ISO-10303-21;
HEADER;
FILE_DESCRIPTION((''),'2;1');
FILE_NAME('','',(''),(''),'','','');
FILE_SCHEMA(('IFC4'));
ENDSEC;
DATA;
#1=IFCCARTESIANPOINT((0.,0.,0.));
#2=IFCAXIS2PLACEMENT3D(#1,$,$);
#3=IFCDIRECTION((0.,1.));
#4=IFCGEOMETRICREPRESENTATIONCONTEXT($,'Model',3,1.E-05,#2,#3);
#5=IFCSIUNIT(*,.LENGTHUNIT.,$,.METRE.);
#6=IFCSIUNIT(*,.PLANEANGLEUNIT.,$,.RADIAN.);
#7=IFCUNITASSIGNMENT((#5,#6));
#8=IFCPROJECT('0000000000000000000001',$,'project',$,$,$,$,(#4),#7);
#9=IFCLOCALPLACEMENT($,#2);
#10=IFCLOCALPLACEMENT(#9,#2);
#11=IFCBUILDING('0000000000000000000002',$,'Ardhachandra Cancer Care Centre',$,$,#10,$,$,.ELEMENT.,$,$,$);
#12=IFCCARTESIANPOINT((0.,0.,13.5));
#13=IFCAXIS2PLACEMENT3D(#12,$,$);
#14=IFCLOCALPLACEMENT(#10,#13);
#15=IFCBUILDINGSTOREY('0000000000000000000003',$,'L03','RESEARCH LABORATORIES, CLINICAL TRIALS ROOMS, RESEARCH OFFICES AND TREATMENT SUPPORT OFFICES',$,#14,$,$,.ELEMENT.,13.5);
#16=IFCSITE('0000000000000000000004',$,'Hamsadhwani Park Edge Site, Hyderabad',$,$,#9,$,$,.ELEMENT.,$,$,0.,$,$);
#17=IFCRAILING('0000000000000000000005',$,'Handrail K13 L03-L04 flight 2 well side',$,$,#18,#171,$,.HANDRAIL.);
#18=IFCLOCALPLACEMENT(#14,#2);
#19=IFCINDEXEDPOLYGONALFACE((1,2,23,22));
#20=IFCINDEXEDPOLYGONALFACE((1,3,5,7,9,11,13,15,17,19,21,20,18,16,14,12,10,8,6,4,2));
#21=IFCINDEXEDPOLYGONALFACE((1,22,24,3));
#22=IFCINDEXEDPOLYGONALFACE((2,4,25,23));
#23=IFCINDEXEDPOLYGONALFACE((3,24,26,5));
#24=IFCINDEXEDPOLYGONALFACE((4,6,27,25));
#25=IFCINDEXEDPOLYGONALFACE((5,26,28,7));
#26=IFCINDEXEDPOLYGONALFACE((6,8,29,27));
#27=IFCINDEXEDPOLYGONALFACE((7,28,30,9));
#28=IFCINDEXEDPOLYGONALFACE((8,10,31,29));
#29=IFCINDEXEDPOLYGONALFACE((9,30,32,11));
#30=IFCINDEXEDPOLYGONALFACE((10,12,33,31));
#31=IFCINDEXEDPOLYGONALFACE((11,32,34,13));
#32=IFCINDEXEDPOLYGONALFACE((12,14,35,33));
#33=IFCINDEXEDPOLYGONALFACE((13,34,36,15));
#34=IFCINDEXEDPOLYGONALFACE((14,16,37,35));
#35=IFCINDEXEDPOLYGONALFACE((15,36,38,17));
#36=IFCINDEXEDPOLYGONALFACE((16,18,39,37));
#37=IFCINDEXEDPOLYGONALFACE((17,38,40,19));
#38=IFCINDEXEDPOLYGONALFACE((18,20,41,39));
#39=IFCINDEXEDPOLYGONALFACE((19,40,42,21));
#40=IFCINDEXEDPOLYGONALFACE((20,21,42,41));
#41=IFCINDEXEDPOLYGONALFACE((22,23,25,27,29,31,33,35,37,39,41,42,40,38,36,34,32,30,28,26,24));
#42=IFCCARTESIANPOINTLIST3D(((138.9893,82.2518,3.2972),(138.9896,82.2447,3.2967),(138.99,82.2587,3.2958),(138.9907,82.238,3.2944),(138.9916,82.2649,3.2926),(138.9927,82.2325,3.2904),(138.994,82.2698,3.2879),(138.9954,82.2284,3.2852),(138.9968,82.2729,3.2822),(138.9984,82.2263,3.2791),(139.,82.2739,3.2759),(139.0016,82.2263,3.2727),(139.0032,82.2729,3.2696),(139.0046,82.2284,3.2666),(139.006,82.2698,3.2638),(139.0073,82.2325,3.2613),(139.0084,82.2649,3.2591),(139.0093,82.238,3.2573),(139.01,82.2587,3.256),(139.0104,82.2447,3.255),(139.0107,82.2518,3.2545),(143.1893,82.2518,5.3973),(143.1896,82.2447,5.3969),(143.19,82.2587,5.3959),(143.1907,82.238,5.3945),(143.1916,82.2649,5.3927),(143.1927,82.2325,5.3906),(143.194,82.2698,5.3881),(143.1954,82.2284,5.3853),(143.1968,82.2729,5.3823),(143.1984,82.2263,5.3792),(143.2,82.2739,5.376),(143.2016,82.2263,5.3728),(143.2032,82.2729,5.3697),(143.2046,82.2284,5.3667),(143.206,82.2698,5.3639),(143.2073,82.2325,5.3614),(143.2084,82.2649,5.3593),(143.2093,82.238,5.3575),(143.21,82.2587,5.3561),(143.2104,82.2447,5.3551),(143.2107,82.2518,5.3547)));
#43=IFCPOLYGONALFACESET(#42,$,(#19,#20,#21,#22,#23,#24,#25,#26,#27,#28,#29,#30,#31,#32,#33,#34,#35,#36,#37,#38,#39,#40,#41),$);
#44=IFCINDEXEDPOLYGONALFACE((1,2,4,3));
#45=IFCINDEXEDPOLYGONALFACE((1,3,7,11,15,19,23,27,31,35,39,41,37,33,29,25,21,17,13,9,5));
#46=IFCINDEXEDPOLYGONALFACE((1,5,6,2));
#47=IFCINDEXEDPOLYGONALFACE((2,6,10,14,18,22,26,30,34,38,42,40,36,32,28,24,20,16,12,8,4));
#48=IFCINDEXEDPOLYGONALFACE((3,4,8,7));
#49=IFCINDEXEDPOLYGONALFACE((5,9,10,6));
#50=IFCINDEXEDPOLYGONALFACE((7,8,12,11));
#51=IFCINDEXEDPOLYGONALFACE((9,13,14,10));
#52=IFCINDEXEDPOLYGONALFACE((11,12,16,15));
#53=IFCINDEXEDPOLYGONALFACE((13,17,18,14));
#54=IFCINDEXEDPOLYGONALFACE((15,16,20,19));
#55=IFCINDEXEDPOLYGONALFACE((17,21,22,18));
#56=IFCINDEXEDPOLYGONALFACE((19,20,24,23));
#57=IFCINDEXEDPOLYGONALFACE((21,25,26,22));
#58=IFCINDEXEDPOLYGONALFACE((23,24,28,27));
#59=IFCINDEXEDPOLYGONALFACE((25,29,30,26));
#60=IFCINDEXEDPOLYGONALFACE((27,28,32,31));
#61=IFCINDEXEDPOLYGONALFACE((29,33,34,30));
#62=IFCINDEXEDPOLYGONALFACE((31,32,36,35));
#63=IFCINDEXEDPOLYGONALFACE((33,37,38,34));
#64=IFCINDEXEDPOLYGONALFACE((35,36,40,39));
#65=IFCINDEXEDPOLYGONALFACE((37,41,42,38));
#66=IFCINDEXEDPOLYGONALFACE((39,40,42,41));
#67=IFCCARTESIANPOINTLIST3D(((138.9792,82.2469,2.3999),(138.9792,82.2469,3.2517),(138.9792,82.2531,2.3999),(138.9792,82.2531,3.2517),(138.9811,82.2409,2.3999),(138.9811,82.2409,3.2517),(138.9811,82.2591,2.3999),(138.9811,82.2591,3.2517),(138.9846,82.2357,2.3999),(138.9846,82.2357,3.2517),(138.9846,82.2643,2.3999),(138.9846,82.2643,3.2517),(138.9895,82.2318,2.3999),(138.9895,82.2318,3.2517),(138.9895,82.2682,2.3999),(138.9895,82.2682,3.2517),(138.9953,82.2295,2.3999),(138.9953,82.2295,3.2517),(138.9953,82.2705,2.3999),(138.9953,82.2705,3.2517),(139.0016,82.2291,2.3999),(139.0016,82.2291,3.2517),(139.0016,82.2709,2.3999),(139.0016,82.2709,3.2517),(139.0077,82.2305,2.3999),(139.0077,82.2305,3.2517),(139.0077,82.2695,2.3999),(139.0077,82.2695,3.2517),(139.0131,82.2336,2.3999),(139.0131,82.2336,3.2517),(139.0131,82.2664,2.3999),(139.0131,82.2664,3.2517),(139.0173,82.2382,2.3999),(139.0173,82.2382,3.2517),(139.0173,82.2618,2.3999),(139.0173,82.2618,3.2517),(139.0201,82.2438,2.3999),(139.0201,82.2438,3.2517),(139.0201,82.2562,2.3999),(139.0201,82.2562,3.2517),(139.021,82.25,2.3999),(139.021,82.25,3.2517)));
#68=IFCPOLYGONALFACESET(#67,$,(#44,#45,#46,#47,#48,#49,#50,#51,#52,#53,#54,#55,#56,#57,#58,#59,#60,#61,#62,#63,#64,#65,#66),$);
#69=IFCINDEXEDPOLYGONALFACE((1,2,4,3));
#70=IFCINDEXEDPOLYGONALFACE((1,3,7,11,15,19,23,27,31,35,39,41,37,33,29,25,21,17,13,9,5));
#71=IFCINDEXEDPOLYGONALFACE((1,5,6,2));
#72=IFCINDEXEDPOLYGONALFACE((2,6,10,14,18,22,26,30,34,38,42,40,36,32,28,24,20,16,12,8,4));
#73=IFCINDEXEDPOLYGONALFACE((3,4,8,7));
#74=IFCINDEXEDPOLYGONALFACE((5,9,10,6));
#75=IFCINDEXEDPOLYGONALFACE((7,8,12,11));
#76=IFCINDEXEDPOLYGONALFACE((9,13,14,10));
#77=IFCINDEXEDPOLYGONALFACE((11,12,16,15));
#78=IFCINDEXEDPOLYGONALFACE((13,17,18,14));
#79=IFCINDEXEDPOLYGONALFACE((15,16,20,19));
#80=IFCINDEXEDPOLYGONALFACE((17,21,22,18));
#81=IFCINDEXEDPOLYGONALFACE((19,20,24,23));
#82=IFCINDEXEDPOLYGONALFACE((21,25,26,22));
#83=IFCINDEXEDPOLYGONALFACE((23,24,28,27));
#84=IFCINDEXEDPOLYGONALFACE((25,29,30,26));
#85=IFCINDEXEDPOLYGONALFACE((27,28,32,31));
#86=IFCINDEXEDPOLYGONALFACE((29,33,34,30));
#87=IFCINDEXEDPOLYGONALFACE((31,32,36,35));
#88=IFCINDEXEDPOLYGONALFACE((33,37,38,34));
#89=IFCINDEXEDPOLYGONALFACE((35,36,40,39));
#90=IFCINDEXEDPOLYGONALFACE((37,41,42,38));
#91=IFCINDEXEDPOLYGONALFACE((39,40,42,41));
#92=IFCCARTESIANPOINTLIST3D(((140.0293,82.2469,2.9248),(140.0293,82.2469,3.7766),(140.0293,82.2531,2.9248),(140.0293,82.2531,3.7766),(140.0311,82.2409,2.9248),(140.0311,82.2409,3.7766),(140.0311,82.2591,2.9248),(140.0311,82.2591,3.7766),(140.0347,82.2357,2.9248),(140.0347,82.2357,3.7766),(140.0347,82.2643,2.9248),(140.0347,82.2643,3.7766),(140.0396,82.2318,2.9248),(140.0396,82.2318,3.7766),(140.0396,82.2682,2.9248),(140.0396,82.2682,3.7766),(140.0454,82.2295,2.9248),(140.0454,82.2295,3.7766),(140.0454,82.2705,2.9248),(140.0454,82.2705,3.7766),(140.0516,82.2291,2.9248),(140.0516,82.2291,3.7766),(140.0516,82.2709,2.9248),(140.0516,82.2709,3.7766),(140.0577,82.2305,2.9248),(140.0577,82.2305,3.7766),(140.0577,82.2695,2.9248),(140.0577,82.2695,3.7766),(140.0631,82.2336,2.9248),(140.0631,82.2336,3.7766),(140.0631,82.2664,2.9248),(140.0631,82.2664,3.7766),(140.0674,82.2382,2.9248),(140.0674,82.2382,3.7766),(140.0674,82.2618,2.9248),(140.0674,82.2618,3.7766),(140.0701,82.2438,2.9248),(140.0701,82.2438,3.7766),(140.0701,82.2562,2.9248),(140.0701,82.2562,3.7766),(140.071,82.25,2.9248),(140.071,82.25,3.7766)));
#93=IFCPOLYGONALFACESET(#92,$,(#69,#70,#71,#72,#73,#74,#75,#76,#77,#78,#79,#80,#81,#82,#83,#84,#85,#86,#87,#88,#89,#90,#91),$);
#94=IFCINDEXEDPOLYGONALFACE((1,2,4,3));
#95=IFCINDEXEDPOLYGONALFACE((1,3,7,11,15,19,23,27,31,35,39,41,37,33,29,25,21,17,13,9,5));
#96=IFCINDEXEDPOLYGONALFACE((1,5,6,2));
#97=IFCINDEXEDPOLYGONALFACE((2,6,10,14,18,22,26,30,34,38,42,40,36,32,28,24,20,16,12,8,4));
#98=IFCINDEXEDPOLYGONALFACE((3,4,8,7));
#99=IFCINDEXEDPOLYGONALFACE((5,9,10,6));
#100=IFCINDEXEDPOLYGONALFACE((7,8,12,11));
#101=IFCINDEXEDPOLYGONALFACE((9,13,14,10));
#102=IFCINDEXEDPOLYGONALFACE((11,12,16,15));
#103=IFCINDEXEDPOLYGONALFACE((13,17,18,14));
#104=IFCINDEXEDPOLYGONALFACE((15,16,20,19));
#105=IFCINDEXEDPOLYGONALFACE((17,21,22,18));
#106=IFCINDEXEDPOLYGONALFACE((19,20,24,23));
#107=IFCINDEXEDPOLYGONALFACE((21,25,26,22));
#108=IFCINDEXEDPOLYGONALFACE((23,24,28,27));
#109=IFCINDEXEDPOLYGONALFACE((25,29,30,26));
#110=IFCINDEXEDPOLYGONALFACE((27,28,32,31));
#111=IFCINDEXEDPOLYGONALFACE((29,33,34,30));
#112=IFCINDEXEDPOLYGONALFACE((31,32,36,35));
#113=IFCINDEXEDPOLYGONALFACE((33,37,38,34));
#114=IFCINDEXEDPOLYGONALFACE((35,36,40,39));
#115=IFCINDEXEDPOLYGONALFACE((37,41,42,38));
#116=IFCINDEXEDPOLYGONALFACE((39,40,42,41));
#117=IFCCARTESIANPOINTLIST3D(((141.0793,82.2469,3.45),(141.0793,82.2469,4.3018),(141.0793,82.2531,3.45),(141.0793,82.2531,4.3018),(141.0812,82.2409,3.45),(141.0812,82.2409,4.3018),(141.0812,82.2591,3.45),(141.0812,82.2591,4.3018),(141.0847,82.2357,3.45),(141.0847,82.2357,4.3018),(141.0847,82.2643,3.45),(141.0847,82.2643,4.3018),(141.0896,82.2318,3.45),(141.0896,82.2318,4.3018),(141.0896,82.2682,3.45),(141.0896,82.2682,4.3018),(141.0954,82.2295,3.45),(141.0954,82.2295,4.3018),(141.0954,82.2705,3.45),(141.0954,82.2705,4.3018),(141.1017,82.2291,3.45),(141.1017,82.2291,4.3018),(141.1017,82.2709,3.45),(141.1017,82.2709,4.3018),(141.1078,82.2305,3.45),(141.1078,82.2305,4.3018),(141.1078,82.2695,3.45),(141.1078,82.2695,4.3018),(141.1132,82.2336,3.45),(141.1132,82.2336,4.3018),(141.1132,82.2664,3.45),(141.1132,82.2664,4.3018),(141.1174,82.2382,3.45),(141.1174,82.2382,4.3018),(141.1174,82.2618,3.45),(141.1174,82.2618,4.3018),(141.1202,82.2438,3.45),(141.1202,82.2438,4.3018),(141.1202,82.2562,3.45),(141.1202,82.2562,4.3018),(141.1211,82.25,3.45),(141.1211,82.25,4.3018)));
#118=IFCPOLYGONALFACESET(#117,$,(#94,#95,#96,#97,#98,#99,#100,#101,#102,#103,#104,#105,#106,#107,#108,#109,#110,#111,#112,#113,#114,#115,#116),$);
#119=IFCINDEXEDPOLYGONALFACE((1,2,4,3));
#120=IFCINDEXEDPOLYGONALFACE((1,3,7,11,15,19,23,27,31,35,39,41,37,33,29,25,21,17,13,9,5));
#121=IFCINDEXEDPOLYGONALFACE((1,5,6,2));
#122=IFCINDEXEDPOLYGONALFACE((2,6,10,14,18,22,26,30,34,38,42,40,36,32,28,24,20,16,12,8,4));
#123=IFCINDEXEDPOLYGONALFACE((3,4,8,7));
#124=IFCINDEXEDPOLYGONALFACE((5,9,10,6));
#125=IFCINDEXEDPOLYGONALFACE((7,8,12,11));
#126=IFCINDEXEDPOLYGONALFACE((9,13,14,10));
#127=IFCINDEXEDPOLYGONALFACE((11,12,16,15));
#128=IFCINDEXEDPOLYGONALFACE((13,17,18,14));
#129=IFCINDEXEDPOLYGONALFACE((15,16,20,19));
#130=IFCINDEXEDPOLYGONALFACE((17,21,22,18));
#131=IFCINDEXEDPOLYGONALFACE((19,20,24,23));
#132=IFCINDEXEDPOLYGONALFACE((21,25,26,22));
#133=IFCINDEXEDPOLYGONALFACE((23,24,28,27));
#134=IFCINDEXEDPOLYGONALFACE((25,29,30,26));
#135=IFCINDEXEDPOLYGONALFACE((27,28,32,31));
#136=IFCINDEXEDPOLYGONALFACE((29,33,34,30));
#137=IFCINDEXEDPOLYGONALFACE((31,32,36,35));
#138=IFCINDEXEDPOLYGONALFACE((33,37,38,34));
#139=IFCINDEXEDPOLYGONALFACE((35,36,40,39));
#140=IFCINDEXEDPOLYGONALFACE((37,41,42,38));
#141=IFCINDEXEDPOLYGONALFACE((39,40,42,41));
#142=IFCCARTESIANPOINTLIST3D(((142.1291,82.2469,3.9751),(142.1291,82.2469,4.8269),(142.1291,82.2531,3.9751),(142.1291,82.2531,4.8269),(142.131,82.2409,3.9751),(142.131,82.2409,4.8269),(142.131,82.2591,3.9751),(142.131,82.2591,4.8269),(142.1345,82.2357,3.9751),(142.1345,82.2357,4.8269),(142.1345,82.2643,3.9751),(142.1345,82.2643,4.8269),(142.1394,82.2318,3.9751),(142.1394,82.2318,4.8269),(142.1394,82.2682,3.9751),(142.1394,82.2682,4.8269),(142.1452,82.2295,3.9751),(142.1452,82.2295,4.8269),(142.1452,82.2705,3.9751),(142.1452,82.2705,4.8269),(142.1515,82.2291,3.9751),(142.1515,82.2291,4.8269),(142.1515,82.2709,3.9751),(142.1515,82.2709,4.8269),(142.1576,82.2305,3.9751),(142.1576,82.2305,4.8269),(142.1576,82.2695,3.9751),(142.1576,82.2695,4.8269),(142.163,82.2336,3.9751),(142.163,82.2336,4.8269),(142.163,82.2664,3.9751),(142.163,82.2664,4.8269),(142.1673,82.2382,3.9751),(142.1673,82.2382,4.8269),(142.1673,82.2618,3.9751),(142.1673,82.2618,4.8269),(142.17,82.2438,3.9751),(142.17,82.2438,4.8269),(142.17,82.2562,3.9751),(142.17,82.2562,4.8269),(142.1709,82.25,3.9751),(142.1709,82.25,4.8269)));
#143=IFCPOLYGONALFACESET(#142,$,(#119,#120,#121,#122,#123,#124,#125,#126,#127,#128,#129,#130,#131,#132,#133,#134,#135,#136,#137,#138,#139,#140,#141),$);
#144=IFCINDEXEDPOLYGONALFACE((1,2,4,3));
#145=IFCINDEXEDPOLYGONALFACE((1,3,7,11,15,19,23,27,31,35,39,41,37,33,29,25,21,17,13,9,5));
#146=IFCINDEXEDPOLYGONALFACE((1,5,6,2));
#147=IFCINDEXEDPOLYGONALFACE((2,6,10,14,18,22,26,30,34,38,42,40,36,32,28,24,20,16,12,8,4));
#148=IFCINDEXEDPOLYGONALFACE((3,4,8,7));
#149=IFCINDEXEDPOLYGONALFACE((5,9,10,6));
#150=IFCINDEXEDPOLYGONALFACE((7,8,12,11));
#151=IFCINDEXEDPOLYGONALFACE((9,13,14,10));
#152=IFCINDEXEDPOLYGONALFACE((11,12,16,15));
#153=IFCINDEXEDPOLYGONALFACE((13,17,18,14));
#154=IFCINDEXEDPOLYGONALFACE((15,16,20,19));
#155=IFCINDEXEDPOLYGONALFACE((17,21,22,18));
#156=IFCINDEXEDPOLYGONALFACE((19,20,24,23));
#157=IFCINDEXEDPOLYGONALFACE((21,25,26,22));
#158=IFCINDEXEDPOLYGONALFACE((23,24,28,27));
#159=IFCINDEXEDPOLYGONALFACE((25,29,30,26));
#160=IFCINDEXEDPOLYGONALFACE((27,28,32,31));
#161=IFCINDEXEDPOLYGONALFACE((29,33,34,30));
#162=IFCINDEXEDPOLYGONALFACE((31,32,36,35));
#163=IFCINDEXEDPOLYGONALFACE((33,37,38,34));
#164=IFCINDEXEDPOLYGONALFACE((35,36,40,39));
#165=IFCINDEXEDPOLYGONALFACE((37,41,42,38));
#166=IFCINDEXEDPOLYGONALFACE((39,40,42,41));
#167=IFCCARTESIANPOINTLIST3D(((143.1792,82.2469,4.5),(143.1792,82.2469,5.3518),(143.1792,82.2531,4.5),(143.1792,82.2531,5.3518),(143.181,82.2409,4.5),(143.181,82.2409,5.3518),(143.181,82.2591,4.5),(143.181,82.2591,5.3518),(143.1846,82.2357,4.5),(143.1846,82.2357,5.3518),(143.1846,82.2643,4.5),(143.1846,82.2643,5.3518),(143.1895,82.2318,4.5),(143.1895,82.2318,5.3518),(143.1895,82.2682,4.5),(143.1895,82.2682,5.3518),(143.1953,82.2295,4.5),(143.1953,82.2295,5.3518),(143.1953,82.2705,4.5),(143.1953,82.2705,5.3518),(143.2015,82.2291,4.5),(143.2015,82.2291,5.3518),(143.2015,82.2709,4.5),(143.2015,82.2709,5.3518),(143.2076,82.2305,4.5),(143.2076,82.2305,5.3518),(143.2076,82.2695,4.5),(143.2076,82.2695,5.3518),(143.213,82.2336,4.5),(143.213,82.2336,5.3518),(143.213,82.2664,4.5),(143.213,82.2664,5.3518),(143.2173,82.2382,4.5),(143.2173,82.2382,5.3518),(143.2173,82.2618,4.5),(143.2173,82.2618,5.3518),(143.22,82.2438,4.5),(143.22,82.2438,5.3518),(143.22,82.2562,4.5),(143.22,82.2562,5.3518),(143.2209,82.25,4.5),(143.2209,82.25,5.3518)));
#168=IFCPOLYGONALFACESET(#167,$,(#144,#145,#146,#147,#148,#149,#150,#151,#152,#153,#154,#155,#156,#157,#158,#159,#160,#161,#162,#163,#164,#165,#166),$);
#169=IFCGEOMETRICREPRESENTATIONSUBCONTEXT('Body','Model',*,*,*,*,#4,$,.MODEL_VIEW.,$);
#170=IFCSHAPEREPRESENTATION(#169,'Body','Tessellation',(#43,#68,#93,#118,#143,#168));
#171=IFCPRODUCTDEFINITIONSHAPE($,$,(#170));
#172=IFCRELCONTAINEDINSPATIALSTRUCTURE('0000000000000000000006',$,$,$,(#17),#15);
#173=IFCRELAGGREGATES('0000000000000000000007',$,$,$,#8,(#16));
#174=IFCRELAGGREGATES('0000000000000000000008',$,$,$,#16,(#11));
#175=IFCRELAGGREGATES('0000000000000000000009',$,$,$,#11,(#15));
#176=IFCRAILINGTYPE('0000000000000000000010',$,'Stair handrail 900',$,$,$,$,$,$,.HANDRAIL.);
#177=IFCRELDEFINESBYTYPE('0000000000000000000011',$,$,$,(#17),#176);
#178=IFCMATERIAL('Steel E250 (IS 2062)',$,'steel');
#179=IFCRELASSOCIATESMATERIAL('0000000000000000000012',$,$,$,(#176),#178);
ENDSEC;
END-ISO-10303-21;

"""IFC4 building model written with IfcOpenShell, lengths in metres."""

from ifc_helpers import new_model, si_unit, direction, frame, origin, origin_2d, place, context, subcontext, project, spatial, circle, extrude, material, type_object, element, save


model = new_model("IFC4")

# Units and contexts
model_context = context("Model", 3, precision=1e-05, world=origin(), true_north=direction((0.0, 1.0)))
body_context = subcontext(model_context, "Body", "Model", "MODEL_VIEW")
ifc_project = project(units=[si_unit("LENGTHUNIT", "METRE"), si_unit("PLANEANGLEUNIT", "RADIAN")], contexts=[model_context])

# Site, building, storey
site_placement = place(None, origin())
site = spatial("IfcSite", under=ifc_project, at=site_placement, Name="Hamsadhwani Park Edge Site, Hyderabad", CompositionType="ELEMENT", RefElevation=0.0)
building_placement = place(site_placement, origin())
building = spatial("IfcBuilding", under=site, at=building_placement, Name="Ardhachandra Cancer Care Centre", CompositionType="ELEMENT")
storey_placement = place(building_placement, frame((0.0, 0.0, 13.5)))
storey = spatial("IfcBuildingStorey", under=building, at=storey_placement, Name="L03", Description="RESEARCH LABORATORIES, CLINICAL TRIALS ROOMS, RESEARCH OFFICES AND TREATMENT SUPPORT OFFICES", CompositionType="ELEMENT", Elevation=13.5)

# Railing
ifc_material_1 = material(Name="Steel E250 (IS 2062)", Category="steel")
railing_type_1 = type_object("IfcRailingType", Name="Stair handrail 900", PredefinedType="HANDRAIL", material=ifc_material_1)
for number, where, name in (
    (1, (139.0, 82.25, 2.3999), "Handrail K13 L03-L04 flight 2 well side"),
):
    element("IfcRailing", number, at=place(storey_placement, frame(where)), inside=storey, type_object=railing_type_1, Name=name, PredefinedType="HANDRAIL", context=body_context, shape_type="SweptSolid", body=[
        extrude(circle(Radius=0.0239, at=origin_2d()), frame((0.0, 0.0, 0.876), z_axis=(0.894417, 0.0, 0.447234), x_axis=(0.0, 1.0, 0.0)), (0.0, 0.0, 1.0), 4.6958),
        extrude(circle(Radius=0.021, at=origin_2d()), origin(), (0.0, 0.0, 1.0), 0.8518),
        extrude(circle(Radius=0.021, at=origin_2d()), frame((1.05, 0.0, 0.5249)), (0.0, 0.0, 1.0), 0.8518),
        extrude(circle(Radius=0.021, at=origin_2d()), frame((2.1001, 0.0, 1.05)), (0.0, 0.0, 1.0), 0.8518),
        extrude(circle(Radius=0.021, at=origin_2d()), frame((3.1499, 0.0, 1.5752)), (0.0, 0.0, 1.0), 0.8518),
        extrude(circle(Radius=0.021, at=origin_2d()), frame((4.2, 0.0, 2.1001)), (0.0, 0.0, 1.0), 0.8518),
    ])

save(model, "model.ifc")
